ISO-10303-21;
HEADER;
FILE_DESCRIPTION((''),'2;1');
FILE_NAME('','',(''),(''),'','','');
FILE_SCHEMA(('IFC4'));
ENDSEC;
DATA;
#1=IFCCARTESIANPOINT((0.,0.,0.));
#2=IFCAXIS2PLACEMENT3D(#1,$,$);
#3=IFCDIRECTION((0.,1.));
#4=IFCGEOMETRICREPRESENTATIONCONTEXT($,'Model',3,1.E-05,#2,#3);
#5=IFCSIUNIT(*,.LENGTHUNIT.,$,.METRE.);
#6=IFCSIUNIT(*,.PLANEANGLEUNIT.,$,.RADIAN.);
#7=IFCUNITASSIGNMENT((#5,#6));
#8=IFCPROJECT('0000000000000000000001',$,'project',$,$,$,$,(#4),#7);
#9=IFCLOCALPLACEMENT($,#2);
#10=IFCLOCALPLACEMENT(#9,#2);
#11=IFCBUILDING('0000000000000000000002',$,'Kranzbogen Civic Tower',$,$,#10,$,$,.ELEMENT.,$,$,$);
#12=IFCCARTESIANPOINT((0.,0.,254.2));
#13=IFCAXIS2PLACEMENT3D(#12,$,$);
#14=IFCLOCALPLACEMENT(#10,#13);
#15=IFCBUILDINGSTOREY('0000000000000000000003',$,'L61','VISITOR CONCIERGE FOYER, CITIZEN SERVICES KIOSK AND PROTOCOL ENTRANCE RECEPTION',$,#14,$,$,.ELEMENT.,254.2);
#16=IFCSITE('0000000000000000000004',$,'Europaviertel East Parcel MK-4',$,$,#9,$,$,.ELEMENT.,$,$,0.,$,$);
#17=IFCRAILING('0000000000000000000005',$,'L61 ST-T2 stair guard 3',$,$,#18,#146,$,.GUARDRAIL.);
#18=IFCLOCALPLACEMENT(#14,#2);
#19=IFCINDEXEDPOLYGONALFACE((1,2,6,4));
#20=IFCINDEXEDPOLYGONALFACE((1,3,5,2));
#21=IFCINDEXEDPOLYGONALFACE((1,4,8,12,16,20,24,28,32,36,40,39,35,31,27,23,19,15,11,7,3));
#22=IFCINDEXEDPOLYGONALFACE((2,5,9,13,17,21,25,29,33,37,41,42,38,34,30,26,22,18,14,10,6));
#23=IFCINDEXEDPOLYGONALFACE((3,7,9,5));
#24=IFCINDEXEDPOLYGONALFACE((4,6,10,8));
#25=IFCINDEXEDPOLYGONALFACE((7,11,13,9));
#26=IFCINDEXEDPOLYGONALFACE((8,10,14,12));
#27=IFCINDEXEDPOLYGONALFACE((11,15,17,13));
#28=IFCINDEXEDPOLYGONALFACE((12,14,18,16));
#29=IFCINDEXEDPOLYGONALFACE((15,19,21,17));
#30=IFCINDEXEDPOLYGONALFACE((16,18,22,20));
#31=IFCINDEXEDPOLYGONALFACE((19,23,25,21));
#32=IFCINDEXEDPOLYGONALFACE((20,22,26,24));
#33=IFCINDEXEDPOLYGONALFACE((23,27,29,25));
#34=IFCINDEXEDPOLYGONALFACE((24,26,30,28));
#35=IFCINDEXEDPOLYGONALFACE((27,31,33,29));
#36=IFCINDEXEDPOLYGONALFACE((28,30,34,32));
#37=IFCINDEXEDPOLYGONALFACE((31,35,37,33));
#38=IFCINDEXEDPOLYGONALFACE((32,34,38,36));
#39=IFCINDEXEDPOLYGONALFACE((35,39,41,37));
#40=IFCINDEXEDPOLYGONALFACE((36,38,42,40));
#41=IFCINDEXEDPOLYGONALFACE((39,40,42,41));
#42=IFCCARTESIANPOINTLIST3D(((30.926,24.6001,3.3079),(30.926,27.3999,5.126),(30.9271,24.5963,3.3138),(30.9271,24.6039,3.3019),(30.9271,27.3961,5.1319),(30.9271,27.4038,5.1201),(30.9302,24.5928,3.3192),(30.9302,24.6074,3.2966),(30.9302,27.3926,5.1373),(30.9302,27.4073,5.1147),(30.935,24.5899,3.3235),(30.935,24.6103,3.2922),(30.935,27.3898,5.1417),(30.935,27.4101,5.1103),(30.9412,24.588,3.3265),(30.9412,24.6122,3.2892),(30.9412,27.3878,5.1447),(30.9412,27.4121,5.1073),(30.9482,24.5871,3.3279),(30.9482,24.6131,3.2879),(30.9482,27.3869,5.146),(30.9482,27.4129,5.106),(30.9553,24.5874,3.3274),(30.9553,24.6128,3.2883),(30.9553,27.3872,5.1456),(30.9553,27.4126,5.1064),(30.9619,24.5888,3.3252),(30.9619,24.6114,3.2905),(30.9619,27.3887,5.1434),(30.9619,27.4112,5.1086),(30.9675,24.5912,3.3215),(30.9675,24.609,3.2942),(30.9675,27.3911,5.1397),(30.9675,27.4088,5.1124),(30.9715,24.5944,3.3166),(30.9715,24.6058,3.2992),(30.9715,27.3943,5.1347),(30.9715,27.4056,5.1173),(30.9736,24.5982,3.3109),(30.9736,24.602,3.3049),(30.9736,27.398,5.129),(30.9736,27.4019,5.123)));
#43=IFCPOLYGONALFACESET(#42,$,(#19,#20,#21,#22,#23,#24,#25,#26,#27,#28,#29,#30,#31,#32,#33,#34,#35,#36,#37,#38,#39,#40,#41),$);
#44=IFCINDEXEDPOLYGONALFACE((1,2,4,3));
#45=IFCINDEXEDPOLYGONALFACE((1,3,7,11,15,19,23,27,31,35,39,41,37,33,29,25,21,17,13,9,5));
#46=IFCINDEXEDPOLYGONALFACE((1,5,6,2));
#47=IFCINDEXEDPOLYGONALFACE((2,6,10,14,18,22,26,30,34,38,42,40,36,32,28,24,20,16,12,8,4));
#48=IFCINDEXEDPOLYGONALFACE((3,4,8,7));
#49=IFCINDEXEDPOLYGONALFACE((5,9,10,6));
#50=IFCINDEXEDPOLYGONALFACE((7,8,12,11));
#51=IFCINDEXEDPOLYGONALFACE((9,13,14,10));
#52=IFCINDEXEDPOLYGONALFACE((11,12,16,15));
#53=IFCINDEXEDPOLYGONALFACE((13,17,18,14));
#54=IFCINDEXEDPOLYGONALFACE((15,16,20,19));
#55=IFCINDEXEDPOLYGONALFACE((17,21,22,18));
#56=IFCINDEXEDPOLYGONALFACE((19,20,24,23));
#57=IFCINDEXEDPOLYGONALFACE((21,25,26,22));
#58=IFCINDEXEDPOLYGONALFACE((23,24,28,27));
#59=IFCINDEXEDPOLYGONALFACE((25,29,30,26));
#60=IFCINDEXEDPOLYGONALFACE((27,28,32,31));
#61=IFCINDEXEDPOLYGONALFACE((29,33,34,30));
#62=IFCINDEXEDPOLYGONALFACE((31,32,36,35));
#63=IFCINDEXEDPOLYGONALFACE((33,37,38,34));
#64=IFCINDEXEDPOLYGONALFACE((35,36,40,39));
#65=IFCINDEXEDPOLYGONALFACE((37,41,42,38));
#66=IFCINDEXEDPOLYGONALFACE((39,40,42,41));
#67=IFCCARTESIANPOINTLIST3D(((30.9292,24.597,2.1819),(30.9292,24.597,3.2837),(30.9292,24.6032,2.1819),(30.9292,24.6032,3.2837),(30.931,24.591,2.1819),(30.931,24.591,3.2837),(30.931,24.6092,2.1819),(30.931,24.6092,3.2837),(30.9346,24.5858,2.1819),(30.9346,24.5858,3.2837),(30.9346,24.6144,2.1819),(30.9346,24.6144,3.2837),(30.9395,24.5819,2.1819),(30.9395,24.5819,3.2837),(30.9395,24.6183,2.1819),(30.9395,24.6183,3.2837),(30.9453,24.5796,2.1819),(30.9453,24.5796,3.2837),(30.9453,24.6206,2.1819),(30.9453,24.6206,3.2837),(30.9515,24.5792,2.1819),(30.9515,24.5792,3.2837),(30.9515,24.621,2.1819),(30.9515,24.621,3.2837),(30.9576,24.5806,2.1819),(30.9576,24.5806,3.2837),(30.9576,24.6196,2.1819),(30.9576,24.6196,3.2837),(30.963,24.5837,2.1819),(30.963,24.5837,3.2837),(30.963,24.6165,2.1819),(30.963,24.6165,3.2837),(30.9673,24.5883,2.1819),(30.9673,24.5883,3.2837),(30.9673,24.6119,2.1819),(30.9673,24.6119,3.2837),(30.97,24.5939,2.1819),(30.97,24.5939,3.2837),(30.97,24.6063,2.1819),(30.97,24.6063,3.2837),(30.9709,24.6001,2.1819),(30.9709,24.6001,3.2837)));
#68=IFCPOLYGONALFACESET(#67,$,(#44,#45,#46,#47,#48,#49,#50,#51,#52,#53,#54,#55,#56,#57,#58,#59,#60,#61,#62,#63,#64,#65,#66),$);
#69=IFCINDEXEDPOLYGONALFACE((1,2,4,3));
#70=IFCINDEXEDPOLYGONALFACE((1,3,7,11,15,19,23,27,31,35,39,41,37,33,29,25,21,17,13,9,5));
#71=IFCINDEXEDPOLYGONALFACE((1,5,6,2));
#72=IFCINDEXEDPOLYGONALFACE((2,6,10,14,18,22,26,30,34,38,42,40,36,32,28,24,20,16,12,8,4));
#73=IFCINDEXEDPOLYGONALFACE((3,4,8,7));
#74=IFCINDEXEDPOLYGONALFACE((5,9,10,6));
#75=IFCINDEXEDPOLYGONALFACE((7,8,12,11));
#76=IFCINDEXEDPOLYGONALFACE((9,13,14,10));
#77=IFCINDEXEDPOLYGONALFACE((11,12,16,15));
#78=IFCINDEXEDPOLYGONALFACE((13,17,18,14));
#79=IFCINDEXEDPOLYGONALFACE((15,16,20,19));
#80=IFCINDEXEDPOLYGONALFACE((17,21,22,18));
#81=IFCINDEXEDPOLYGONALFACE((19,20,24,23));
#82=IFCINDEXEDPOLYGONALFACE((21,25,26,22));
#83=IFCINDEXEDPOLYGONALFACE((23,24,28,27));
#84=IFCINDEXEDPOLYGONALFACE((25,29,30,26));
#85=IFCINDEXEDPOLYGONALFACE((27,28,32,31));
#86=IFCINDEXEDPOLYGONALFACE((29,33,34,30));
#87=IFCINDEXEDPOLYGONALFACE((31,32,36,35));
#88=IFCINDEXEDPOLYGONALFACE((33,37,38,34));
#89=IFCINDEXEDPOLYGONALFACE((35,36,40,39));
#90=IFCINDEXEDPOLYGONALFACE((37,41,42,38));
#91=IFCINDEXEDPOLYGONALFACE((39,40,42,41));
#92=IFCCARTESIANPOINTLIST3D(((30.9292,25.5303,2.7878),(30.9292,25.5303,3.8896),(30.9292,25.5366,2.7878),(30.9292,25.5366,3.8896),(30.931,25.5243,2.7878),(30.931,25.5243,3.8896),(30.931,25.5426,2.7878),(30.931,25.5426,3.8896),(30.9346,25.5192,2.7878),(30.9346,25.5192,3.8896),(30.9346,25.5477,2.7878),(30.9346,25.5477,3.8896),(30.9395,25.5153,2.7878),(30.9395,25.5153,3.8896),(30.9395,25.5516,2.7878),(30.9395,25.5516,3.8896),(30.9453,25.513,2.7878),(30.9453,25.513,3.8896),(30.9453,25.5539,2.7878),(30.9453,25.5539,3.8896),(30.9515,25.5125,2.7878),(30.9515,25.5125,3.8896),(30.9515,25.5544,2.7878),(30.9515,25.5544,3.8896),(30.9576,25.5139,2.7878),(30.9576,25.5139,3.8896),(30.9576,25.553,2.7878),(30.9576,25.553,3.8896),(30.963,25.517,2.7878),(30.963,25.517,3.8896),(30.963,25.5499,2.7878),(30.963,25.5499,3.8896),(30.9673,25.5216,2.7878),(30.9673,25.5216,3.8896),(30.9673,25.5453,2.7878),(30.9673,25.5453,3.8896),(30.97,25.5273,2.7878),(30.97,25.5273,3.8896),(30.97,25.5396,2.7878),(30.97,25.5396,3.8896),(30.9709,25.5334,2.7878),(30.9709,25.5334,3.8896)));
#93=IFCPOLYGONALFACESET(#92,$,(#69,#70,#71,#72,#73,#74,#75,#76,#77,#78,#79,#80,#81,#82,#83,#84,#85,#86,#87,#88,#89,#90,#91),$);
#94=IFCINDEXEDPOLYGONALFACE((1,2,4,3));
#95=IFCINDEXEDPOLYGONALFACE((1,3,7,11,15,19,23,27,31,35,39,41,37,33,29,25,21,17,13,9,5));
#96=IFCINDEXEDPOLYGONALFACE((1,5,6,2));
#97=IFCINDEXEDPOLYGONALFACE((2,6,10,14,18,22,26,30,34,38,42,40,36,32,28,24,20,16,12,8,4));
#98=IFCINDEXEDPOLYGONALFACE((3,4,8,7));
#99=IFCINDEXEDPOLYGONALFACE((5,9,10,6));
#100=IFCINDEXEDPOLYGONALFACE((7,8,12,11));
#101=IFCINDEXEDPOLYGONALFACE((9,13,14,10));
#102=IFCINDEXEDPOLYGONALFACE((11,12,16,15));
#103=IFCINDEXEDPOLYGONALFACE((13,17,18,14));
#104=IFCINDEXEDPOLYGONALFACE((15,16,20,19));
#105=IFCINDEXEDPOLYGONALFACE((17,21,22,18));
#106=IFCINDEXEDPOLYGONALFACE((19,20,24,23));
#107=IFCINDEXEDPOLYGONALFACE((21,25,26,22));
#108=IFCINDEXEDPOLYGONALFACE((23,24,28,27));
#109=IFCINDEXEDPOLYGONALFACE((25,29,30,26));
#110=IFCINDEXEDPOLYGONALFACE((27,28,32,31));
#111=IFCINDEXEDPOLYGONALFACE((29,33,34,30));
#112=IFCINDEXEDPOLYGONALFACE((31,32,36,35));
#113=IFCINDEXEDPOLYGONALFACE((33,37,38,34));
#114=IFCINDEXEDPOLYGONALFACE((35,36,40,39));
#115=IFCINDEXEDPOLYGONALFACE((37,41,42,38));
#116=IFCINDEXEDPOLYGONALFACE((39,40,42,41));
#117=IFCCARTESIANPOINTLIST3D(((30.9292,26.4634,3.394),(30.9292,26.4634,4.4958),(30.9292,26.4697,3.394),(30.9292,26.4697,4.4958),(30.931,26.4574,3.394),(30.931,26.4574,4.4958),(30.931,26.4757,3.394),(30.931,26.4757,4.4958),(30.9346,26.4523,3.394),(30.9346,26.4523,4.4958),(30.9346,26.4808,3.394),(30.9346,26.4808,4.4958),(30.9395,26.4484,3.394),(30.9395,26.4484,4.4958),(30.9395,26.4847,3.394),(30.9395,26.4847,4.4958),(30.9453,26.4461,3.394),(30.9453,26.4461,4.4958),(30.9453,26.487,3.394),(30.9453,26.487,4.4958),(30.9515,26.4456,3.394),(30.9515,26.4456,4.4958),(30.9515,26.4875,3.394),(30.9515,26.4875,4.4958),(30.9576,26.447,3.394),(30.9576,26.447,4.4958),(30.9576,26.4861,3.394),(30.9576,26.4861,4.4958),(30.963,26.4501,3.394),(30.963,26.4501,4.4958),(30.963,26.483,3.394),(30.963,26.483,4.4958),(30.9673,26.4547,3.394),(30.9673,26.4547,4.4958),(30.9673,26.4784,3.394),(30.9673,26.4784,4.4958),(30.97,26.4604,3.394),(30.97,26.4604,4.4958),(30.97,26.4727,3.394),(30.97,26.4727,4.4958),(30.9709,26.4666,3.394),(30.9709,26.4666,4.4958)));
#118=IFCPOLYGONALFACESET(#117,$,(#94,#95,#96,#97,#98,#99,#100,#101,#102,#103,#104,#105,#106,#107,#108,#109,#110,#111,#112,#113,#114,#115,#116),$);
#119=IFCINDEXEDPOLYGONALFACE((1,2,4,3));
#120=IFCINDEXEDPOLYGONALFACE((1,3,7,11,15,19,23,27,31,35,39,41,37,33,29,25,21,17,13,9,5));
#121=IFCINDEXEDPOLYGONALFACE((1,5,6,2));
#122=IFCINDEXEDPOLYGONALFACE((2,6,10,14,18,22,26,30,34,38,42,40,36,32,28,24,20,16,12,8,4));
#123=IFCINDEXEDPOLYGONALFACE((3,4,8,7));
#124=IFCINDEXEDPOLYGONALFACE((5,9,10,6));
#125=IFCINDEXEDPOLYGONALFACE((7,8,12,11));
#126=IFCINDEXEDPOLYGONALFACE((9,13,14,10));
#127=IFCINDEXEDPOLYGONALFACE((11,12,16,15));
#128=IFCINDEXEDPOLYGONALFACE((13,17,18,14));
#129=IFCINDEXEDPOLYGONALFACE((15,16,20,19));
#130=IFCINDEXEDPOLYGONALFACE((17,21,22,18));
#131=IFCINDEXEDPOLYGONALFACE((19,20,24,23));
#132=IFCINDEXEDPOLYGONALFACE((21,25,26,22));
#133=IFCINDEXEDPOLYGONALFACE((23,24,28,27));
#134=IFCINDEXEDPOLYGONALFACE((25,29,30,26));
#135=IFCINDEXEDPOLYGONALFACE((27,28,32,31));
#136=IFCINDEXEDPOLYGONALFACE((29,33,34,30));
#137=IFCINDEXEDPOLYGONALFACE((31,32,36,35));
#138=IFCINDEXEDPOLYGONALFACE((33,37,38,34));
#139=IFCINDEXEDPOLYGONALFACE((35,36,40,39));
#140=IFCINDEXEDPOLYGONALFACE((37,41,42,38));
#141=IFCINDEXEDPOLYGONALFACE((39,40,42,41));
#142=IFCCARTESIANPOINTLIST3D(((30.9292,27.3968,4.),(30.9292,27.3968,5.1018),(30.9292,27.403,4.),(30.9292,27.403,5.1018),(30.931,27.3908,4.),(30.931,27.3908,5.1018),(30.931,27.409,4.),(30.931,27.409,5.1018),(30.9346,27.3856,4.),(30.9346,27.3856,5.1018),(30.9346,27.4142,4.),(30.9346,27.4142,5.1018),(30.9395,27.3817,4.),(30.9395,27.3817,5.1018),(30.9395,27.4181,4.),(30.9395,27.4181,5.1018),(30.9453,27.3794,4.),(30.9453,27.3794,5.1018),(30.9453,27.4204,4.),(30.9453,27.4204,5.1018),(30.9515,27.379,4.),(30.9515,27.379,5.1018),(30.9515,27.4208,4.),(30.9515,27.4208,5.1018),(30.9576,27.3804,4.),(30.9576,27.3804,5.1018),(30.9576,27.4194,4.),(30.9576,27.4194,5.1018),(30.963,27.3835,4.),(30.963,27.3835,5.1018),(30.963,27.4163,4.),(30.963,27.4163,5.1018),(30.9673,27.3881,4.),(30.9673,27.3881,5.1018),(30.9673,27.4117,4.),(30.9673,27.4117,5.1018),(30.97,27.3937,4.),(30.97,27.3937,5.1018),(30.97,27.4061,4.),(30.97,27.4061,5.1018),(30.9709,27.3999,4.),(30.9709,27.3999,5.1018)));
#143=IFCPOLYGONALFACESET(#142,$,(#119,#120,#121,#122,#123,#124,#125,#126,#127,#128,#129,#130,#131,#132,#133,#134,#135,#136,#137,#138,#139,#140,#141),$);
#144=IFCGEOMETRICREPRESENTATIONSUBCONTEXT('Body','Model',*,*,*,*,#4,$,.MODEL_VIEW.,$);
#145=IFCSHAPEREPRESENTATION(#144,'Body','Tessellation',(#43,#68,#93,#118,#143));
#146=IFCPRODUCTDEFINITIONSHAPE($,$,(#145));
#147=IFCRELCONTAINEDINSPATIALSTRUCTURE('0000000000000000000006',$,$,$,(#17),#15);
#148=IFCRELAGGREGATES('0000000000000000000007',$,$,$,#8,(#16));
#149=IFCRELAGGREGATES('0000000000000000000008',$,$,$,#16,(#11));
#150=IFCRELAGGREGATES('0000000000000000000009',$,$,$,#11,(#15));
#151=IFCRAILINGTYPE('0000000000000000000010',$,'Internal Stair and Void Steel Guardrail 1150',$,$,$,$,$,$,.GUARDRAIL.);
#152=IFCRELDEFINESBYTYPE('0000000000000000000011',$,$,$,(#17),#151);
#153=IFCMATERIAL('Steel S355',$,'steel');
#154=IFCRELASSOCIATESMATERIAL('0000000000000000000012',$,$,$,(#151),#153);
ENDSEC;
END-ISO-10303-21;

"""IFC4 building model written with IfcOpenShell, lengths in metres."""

from ifc_helpers import new_model, si_unit, direction, frame, origin, origin_2d, place, context, subcontext, project, spatial, circle, extrude, material, type_object, element, save


model = new_model("IFC4")

# Units and contexts
model_context = context("Model", 3, precision=1e-05, world=origin(), true_north=direction((0.0, 1.0)))
body_context = subcontext(model_context, "Body", "Model", "MODEL_VIEW")
ifc_project = project(units=[si_unit("LENGTHUNIT", "METRE"), si_unit("PLANEANGLEUNIT", "RADIAN")], contexts=[model_context])

# Site, building, storey
site_placement = place(None, origin())
site = spatial("IfcSite", under=ifc_project, at=site_placement, Name="Europaviertel East Parcel MK-4", CompositionType="ELEMENT", RefElevation=0.0)
building_placement = place(site_placement, origin())
building = spatial("IfcBuilding", under=site, at=building_placement, Name="Kranzbogen Civic Tower", CompositionType="ELEMENT")
storey_placement = place(building_placement, frame((0.0, 0.0, 254.2)))
storey = spatial("IfcBuildingStorey", under=building, at=storey_placement, Name="L61", Description="VISITOR CONCIERGE FOYER, CITIZEN SERVICES KIOSK AND PROTOCOL ENTRANCE RECEPTION", CompositionType="ELEMENT", Elevation=254.2)

# Shared definitions
ifc_material_1 = material(Name="Steel S355", Category="steel")

# Railing
railing_type = type_object("IfcRailingType", Name="Internal Stair and Void Steel Guardrail 1150", PredefinedType="GUARDRAIL", material=ifc_material_1)
railing_1_placement = place(storey_placement, frame((30.95, 24.6001, 2.1819)))
element("IfcRailing", 1, at=railing_1_placement, inside=storey, type_object=railing_type, Name="L61 ST-T2 stair guard 3", PredefinedType="GUARDRAIL", context=body_context, shape_type="SweptSolid", body=[
    extrude(circle(Radius=0.0239, at=origin_2d()), frame((0.0, 0.0, 1.126), z_axis=(0.0, 0.838684, 0.544618), x_axis=(-1.0, 0.0, 0.0)), (0.0, 0.0, 1.0), 3.3384),
    extrude(circle(Radius=0.021, at=origin_2d()), origin(), (0.0, 0.0, 1.0), 1.1018),
    extrude(circle(Radius=0.021, at=origin_2d()), frame((0.0, 0.9333, 0.606)), (0.0, 0.0, 1.0), 1.1018),
    extrude(circle(Radius=0.021, at=origin_2d()), frame((0.0, 1.8665, 1.2122)), (0.0, 0.0, 1.0), 1.1018),
    extrude(circle(Radius=0.021, at=origin_2d()), frame((0.0, 2.7998, 1.8181)), (0.0, 0.0, 1.0), 1.1018),
])

save(model, "model.ifc")
